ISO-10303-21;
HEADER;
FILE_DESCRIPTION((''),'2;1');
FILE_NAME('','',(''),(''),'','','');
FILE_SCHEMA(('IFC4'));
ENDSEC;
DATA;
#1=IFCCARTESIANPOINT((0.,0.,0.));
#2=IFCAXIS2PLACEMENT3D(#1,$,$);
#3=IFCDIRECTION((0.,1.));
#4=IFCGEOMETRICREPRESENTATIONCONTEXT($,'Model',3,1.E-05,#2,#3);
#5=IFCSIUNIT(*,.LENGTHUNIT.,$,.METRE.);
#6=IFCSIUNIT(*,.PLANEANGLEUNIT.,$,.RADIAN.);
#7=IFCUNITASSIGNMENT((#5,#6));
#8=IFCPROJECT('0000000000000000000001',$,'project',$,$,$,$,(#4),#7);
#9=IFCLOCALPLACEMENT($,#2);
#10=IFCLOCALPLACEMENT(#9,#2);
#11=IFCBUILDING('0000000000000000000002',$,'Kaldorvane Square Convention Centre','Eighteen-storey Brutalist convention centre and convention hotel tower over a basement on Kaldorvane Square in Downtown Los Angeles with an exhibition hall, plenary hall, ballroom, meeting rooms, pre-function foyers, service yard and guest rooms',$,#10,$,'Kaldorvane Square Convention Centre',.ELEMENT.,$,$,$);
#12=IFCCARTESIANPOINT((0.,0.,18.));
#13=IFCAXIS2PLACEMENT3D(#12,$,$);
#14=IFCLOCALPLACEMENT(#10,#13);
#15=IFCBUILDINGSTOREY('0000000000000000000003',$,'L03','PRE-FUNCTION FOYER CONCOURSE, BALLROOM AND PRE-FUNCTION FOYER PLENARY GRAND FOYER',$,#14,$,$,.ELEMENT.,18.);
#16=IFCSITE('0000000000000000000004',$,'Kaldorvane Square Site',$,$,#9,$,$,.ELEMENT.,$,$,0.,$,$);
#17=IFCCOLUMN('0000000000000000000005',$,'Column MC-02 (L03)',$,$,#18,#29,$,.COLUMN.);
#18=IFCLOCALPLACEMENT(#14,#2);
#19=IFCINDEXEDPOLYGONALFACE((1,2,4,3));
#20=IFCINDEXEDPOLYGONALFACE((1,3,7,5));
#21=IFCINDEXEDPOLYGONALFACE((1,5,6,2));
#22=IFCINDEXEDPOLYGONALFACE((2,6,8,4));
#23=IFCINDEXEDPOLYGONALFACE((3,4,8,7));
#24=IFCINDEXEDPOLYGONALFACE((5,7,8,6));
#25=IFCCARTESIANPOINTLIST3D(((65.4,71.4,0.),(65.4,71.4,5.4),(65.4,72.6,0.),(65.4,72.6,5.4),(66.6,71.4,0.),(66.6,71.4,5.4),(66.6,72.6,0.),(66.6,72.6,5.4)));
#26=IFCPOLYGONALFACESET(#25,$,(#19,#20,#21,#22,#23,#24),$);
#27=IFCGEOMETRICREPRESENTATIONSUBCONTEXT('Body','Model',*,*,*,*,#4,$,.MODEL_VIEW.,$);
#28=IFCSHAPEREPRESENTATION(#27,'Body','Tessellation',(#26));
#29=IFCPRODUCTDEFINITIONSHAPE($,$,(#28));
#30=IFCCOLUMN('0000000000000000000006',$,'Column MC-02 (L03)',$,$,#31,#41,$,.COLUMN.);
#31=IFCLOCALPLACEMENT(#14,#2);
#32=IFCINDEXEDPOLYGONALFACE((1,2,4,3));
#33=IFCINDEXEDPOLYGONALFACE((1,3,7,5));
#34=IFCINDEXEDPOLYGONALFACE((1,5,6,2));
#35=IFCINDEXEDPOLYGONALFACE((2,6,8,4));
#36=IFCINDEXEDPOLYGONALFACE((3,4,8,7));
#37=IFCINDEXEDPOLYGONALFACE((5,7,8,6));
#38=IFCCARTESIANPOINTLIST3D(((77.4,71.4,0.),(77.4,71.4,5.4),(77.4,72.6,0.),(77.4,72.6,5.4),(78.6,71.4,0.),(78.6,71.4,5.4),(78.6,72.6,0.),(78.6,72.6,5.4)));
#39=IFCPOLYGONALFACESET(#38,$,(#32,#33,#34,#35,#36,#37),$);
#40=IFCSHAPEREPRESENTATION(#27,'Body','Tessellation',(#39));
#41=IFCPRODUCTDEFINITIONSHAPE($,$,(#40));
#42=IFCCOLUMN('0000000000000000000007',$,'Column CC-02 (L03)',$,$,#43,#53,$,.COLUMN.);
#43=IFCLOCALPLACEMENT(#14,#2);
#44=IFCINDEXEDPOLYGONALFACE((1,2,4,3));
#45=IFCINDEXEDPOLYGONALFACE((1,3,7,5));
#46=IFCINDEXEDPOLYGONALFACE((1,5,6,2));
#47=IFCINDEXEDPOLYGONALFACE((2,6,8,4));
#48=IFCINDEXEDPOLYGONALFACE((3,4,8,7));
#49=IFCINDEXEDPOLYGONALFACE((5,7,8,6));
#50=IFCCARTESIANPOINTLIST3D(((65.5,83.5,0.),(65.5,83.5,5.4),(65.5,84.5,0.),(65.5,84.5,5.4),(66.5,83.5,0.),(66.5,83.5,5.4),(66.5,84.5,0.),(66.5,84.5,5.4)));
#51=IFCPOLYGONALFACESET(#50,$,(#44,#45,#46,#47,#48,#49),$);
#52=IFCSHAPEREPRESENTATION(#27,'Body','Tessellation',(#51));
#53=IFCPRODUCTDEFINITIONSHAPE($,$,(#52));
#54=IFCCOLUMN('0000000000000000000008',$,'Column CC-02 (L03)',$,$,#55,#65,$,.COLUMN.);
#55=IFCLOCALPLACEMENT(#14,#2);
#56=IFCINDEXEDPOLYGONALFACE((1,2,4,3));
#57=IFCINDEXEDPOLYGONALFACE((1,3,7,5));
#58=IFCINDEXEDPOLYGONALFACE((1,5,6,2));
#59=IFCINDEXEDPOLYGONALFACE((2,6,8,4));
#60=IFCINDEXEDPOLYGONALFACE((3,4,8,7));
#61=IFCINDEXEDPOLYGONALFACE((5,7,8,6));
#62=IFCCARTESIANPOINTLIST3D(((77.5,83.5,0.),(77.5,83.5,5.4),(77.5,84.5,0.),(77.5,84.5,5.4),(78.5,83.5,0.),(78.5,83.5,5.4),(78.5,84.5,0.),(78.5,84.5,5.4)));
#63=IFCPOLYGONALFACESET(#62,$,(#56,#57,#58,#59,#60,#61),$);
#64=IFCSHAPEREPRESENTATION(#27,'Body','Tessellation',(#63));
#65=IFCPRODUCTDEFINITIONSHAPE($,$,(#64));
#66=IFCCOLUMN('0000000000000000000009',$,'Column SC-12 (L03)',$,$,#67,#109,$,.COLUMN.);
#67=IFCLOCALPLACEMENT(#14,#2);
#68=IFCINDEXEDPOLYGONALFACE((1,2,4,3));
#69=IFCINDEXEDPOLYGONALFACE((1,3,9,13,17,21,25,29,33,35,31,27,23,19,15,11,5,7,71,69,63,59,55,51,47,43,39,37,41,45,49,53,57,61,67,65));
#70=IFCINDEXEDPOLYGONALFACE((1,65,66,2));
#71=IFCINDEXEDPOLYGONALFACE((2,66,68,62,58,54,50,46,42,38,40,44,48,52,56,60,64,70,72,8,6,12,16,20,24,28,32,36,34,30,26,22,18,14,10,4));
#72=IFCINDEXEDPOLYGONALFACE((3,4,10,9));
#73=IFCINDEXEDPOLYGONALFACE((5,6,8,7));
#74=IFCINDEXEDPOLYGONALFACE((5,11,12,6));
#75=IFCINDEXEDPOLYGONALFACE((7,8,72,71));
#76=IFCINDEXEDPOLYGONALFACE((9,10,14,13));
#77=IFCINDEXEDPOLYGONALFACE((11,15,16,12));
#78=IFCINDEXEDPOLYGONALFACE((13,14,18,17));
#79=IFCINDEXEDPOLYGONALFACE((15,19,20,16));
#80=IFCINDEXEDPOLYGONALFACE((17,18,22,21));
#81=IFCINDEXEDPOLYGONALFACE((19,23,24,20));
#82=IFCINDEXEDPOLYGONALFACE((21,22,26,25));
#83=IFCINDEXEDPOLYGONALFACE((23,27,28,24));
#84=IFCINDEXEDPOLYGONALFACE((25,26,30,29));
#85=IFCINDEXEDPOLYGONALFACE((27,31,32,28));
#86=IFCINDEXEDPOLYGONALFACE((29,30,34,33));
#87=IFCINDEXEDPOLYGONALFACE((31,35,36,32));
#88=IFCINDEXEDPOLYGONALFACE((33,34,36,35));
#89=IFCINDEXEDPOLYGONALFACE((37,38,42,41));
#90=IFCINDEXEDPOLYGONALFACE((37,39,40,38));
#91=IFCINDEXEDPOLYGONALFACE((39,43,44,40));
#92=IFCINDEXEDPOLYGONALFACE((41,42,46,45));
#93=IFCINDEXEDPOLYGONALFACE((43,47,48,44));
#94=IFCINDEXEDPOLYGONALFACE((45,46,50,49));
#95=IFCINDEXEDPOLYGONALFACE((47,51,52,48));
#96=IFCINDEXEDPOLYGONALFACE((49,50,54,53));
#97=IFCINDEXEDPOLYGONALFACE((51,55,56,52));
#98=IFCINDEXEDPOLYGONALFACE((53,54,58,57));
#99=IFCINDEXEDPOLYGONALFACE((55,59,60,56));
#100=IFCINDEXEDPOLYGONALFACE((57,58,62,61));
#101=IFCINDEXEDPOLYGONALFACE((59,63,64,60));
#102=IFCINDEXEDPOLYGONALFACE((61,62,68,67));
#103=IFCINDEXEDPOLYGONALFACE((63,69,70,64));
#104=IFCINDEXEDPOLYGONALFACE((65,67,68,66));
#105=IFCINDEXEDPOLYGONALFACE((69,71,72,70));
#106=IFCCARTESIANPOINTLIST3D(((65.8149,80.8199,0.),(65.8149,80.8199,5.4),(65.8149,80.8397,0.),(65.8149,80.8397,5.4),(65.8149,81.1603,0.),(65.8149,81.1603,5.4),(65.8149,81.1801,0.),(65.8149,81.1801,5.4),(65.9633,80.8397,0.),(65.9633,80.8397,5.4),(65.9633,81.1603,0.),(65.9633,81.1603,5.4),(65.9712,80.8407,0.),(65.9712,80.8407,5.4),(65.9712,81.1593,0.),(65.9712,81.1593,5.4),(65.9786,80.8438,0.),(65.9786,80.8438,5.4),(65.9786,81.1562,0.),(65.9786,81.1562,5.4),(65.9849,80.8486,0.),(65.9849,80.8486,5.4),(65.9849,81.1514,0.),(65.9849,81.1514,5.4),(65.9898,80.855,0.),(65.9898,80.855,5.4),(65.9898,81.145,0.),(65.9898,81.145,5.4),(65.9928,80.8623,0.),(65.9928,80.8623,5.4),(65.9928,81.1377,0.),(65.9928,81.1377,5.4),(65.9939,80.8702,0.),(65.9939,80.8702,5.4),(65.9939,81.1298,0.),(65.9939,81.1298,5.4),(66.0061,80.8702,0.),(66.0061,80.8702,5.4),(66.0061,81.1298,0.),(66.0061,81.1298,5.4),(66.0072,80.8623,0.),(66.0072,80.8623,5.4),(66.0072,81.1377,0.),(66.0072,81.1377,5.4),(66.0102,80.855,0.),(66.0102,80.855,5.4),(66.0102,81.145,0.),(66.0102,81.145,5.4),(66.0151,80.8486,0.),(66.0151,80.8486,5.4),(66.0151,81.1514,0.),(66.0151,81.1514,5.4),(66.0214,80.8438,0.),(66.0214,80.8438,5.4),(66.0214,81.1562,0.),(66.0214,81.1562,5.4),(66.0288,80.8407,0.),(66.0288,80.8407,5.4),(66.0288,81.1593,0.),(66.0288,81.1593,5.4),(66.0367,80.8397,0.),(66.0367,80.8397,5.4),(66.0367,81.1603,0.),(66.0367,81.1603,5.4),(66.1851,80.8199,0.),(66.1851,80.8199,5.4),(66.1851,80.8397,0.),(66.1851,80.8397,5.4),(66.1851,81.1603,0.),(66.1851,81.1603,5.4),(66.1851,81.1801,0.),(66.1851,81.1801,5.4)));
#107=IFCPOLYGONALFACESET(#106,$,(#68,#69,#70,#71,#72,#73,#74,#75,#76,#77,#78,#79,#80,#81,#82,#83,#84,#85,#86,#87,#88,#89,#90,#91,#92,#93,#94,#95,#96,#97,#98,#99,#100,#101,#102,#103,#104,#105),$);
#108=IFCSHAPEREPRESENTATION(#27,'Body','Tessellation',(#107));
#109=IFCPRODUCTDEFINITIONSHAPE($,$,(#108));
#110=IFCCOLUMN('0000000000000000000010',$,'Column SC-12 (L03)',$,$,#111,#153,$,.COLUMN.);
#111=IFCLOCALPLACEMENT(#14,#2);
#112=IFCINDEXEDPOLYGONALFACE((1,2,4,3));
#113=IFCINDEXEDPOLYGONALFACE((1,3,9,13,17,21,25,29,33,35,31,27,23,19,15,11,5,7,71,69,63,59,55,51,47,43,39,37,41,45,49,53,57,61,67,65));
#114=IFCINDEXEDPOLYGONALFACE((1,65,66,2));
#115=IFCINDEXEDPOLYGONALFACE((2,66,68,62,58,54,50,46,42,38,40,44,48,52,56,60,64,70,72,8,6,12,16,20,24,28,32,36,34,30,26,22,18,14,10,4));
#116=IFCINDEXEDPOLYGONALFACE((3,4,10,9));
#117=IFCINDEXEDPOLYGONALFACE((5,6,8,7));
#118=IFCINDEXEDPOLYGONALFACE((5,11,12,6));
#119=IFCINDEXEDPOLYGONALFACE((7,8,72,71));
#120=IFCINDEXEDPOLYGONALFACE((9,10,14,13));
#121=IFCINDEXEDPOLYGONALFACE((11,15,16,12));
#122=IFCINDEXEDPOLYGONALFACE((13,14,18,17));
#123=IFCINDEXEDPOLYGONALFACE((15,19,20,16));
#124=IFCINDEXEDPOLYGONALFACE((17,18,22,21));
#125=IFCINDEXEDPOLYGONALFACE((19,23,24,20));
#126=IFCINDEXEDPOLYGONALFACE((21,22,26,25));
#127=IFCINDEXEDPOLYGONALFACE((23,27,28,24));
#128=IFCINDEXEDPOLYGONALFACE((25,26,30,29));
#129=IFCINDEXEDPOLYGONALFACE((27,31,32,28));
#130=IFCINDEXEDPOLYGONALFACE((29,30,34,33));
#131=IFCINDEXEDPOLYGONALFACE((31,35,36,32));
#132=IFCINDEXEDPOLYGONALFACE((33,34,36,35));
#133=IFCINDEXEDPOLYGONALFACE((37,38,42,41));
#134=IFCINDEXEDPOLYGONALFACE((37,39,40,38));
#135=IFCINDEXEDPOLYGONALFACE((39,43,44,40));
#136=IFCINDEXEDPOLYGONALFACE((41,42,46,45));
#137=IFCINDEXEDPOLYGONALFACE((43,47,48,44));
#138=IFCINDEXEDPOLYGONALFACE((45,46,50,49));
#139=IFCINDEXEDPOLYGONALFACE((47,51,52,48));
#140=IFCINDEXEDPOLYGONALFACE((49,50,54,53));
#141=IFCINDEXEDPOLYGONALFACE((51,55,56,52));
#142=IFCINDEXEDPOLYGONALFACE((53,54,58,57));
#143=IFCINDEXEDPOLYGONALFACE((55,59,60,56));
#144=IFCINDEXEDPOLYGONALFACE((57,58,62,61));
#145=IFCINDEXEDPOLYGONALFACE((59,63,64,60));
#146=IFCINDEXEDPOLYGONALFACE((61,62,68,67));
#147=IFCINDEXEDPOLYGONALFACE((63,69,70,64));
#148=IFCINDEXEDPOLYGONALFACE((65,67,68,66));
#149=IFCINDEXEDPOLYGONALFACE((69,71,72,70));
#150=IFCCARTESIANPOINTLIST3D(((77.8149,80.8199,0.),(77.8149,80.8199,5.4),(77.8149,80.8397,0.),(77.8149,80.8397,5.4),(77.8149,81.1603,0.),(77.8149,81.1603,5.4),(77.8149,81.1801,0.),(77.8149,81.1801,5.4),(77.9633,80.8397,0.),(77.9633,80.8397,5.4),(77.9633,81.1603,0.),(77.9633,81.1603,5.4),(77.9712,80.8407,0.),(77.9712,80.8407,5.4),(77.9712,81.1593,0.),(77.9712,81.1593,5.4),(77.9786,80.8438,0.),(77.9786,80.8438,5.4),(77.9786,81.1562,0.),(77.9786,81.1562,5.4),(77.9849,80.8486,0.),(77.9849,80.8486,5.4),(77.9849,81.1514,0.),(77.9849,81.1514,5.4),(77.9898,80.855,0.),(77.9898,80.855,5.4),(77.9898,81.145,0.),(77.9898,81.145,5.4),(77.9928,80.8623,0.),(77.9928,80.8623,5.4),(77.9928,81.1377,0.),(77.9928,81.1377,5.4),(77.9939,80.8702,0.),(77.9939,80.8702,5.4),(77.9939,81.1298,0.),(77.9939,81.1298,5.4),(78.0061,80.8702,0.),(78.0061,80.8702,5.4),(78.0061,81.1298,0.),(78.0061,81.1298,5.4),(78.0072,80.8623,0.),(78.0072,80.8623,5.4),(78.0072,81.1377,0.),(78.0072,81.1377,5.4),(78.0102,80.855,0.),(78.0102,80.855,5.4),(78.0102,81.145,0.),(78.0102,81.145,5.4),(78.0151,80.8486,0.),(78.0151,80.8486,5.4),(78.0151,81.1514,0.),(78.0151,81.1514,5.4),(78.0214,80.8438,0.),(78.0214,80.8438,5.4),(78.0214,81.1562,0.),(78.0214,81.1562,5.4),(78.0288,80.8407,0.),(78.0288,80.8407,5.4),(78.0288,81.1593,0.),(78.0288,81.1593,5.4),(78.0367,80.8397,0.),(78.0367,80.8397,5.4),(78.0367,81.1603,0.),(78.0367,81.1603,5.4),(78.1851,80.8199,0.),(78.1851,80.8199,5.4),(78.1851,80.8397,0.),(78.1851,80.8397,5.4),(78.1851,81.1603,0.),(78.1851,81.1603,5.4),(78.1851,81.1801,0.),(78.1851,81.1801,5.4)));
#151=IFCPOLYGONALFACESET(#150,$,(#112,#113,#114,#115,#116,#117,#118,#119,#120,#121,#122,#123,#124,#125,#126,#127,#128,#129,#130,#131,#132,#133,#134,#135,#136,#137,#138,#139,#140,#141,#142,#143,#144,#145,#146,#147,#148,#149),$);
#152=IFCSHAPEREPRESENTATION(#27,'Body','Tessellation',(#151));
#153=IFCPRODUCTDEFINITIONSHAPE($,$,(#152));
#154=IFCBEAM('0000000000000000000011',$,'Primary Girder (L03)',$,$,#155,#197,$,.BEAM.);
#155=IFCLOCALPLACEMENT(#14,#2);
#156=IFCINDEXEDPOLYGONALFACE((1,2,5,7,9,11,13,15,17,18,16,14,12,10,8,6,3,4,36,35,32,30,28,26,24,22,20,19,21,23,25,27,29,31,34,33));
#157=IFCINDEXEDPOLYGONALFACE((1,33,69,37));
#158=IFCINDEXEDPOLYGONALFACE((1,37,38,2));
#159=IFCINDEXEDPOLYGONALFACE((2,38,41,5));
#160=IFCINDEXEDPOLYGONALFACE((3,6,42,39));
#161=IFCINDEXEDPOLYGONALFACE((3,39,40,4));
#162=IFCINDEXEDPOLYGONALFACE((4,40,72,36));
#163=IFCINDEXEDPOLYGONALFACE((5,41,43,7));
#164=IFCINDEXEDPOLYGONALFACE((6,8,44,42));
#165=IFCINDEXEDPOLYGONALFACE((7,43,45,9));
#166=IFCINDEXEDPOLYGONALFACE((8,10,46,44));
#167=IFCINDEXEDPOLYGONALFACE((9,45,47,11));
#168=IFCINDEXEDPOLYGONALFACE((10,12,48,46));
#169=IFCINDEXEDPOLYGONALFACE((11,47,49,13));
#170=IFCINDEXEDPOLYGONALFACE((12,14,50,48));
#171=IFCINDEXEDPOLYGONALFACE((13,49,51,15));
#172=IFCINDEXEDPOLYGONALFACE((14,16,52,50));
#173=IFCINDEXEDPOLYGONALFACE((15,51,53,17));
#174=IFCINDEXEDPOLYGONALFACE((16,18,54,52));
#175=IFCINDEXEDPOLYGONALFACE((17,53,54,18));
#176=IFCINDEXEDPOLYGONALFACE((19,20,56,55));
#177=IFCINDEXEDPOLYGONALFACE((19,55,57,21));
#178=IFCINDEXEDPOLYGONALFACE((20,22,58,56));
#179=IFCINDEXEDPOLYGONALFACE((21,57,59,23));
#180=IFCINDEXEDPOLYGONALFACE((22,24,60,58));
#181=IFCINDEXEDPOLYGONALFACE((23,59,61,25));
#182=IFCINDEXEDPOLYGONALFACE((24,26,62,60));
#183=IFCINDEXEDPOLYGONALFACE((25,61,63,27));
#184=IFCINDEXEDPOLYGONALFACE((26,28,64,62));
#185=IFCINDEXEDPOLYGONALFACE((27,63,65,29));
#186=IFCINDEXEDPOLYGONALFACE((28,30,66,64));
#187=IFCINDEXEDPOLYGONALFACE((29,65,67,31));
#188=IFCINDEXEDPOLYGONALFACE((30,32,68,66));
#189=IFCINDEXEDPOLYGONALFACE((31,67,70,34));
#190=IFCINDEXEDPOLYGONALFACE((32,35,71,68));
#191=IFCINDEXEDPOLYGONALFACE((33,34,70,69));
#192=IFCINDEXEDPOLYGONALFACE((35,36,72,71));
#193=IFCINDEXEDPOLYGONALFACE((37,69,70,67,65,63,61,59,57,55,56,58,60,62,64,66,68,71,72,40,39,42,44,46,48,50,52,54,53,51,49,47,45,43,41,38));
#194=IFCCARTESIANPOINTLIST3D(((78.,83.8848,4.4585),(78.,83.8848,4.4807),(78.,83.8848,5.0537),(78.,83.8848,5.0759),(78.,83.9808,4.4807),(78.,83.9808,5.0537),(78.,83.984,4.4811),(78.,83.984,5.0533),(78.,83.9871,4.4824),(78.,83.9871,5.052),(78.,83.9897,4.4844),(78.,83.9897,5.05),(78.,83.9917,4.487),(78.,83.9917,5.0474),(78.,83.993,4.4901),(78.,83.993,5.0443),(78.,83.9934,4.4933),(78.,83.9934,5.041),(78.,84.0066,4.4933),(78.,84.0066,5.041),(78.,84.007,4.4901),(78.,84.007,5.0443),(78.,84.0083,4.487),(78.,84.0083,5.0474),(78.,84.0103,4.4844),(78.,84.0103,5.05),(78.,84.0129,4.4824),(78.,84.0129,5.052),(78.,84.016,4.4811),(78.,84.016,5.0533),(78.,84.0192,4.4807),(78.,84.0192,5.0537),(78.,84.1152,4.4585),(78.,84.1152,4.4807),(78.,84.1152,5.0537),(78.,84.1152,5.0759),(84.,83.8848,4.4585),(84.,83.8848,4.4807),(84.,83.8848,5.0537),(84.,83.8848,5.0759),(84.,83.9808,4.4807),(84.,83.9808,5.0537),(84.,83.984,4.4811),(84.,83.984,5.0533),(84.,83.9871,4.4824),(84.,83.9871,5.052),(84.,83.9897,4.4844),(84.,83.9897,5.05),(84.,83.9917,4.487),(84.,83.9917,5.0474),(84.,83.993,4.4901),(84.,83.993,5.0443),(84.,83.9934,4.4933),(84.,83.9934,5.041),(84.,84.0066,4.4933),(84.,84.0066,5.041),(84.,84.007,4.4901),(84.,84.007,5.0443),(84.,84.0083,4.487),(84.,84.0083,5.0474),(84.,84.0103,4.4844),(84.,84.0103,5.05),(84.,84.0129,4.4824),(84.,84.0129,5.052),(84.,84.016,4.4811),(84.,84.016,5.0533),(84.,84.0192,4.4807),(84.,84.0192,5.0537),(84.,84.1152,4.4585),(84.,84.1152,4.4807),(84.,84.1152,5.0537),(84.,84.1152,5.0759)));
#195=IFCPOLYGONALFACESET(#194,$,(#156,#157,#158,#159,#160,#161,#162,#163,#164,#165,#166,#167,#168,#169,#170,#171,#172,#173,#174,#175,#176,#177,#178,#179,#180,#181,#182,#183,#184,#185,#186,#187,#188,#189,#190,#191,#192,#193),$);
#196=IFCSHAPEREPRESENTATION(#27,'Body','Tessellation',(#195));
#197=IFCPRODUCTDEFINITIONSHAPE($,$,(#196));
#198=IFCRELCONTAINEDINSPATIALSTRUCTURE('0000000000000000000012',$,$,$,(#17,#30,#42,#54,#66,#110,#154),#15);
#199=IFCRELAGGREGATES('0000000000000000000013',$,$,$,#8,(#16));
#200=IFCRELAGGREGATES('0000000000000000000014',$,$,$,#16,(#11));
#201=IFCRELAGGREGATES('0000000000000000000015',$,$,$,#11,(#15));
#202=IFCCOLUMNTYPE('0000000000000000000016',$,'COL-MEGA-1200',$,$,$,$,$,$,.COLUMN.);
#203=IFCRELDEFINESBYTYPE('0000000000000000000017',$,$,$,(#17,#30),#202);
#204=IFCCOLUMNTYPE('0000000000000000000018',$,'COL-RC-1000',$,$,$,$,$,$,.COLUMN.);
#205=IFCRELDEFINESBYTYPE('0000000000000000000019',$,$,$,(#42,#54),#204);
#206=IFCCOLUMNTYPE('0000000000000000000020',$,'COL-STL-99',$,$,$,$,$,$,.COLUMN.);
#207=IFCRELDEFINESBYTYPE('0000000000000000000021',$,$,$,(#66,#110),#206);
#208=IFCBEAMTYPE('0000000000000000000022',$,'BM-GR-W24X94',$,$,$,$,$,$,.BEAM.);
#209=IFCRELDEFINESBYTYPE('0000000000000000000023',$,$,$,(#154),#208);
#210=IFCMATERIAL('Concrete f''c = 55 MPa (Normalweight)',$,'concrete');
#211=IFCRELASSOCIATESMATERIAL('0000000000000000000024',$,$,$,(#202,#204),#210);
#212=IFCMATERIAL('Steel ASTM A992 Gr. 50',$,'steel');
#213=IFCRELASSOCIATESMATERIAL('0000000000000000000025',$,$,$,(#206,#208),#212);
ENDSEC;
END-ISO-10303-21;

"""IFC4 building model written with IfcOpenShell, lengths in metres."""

from ifc_helpers import new_model, si_unit, direction, frame, origin, origin_2d, place, context, subcontext, project, spatial, rectangle, i_section, extrude, material, material_profile, profile_set, type_object, element, save


model = new_model("IFC4")

# Units and contexts
model_context = context("Model", 3, precision=1e-05, world=origin(), true_north=direction((0.0, 1.0)))
body_context = subcontext(model_context, "Body", "Model", "MODEL_VIEW")
ifc_project = project(units=[si_unit("LENGTHUNIT", "METRE"), si_unit("PLANEANGLEUNIT", "RADIAN")], contexts=[model_context])

# Site, building, storey
site_placement = place(None, origin())
site = spatial("IfcSite", under=ifc_project, at=site_placement, Name="Kaldorvane Square Site", CompositionType="ELEMENT", RefElevation=0.0)
building_placement = place(site_placement, origin())
building = spatial("IfcBuilding", under=site, at=building_placement, Name="Kaldorvane Square Convention Centre", Description="Eighteen-storey Brutalist convention centre and convention hotel tower over a basement on Kaldorvane Square in Downtown Los Angeles with an exhibition hall, plenary hall, ballroom, meeting rooms, pre-function foyers, service yard and guest rooms", LongName="Kaldorvane Square Convention Centre", CompositionType="ELEMENT")
storey_placement = place(building_placement, frame((0.0, 0.0, 18.0)))
storey = spatial("IfcBuildingStorey", under=building, at=storey_placement, Name="L03", Description="PRE-FUNCTION FOYER CONCOURSE, BALLROOM AND PRE-FUNCTION FOYER PLENARY GRAND FOYER", CompositionType="ELEMENT", Elevation=18.0)

# Columns
ifc_material_1 = material(Name="Concrete f'c = 55 MPa (Normalweight)", Category="concrete")
ifc_material_profile_1 = material_profile(ifc_material_1, rectangle(XDim=1.2, YDim=1.2, at=origin_2d()), Name="RC1200X1200")
ifc_profile_set_1 = profile_set([ifc_material_profile_1], Name="Concrete f'c = 55 MPa (Normalweight)")
column_type_1 = type_object("IfcColumnType", Name="COL-MEGA-1200", PredefinedType="COLUMN", material=ifc_profile_set_1)
for number, where, z_axis, x_axis, name in (
    (1, (66.0, 72.0, 0.0), (0.0, 0.0, 1.0), (1.0, 0.0, 0.0), "Column MC-02 (L03)"),
    (2, (78.0, 72.0, 0.0), (0.0, 0.0, 1.0), (1.0, 0.0, 0.0), "Column MC-02 (L03)"),
):
    element("IfcColumn", number, at=place(storey_placement, frame(where, z_axis=z_axis, x_axis=x_axis)), inside=storey, type_object=column_type_1, Name=name, PredefinedType="COLUMN", context=body_context, shape_type="SweptSolid", body=[
        extrude(rectangle(XDim=1.2, YDim=1.2, at=origin_2d()), origin(), (0.0, 0.0, 1.0), 5.4),
    ])
ifc_material_profile_2 = material_profile(ifc_material_1, rectangle(XDim=1.0, YDim=1.0, at=origin_2d()), Name="RC1000X1000")
ifc_profile_set_2 = profile_set([ifc_material_profile_2], Name="Concrete f'c = 55 MPa (Normalweight)")
column_type_2 = type_object("IfcColumnType", Name="COL-RC-1000", PredefinedType="COLUMN", material=ifc_profile_set_2)
for number, where, z_axis, x_axis, name in (
    (3, (66.0, 84.0, 0.0), (0.0, 0.0, 1.0), (1.0, 0.0, 0.0), "Column CC-02 (L03)"),
    (4, (78.0, 84.0, 0.0), (0.0, 0.0, 1.0), (1.0, 0.0, 0.0), "Column CC-02 (L03)"),
):
    element("IfcColumn", number, at=place(storey_placement, frame(where, z_axis=z_axis, x_axis=x_axis)), inside=storey, type_object=column_type_2, Name=name, PredefinedType="COLUMN", context=body_context, shape_type="SweptSolid", body=[
        extrude(rectangle(XDim=1.0, YDim=1.0, at=origin_2d()), origin(), (0.0, 0.0, 1.0), 5.4),
    ])
ifc_material_2 = material(Name="Steel ASTM A992 Gr. 50", Category="steel")
ifc_material_profile_3 = material_profile(ifc_material_2, i_section(OverallWidth=0.3701, OverallDepth=0.3602, WebThickness=0.0123, FlangeThickness=0.0198, FilletRadius=0.0305, at=origin_2d()), Name="W14X99")
ifc_profile_set_3 = profile_set([ifc_material_profile_3], Name="Steel ASTM A992 Gr. 50")
column_type_3 = type_object("IfcColumnType", Name="COL-STL-99", PredefinedType="COLUMN", material=ifc_profile_set_3)
for number, where, z_axis, x_axis, name in (
    (5, (66.0, 81.0, 0.0), (0.0, 0.0, 1.0), (1.0, 0.0, 0.0), "Column SC-12 (L03)"),
    (6, (78.0, 81.0, 0.0), (0.0, 0.0, 1.0), (1.0, 0.0, 0.0), "Column SC-12 (L03)"),
):
    element("IfcColumn", number, at=place(storey_placement, frame(where, z_axis=z_axis, x_axis=x_axis)), inside=storey, type_object=column_type_3, Name=name, PredefinedType="COLUMN", context=body_context, shape_type="SweptSolid", body=[
        extrude(i_section(OverallWidth=0.3701, OverallDepth=0.3602, WebThickness=0.0123, FlangeThickness=0.0198, FilletRadius=0.0305, at=origin_2d()), origin(), (0.0, 0.0, 1.0), 5.4),
    ])

# Beam
ifc_material_profile_4 = material_profile(ifc_material_2, i_section(OverallWidth=0.2303, OverallDepth=0.6175, WebThickness=0.0131, FlangeThickness=0.0222, FilletRadius=0.0127, at=origin_2d()), Name="W24X94")
ifc_profile_set_4 = profile_set([ifc_material_profile_4], Name="Steel ASTM A992 Gr. 50")
beam_type_1 = type_object("IfcBeamType", Name="BM-GR-W24X94", PredefinedType="BEAM", material=ifc_profile_set_4)
beam_1_placement = place(storey_placement, frame((78.0, 84.0, 4.7672), z_axis=(1.0, 0.0, 0.0), x_axis=(0.0, 1.0, 0.0)))
element("IfcBeam", 7, at=beam_1_placement, inside=storey, type_object=beam_type_1, Name="Primary Girder (L03)", PredefinedType="BEAM", context=body_context, shape_type="SweptSolid", body=[
    extrude(i_section(OverallWidth=0.2303, OverallDepth=0.6175, WebThickness=0.0131, FlangeThickness=0.0222, FilletRadius=0.0127, at=origin_2d()), origin(), (0.0, 0.0, 1.0), 6.0),
])

save(model, "model.ifc")
